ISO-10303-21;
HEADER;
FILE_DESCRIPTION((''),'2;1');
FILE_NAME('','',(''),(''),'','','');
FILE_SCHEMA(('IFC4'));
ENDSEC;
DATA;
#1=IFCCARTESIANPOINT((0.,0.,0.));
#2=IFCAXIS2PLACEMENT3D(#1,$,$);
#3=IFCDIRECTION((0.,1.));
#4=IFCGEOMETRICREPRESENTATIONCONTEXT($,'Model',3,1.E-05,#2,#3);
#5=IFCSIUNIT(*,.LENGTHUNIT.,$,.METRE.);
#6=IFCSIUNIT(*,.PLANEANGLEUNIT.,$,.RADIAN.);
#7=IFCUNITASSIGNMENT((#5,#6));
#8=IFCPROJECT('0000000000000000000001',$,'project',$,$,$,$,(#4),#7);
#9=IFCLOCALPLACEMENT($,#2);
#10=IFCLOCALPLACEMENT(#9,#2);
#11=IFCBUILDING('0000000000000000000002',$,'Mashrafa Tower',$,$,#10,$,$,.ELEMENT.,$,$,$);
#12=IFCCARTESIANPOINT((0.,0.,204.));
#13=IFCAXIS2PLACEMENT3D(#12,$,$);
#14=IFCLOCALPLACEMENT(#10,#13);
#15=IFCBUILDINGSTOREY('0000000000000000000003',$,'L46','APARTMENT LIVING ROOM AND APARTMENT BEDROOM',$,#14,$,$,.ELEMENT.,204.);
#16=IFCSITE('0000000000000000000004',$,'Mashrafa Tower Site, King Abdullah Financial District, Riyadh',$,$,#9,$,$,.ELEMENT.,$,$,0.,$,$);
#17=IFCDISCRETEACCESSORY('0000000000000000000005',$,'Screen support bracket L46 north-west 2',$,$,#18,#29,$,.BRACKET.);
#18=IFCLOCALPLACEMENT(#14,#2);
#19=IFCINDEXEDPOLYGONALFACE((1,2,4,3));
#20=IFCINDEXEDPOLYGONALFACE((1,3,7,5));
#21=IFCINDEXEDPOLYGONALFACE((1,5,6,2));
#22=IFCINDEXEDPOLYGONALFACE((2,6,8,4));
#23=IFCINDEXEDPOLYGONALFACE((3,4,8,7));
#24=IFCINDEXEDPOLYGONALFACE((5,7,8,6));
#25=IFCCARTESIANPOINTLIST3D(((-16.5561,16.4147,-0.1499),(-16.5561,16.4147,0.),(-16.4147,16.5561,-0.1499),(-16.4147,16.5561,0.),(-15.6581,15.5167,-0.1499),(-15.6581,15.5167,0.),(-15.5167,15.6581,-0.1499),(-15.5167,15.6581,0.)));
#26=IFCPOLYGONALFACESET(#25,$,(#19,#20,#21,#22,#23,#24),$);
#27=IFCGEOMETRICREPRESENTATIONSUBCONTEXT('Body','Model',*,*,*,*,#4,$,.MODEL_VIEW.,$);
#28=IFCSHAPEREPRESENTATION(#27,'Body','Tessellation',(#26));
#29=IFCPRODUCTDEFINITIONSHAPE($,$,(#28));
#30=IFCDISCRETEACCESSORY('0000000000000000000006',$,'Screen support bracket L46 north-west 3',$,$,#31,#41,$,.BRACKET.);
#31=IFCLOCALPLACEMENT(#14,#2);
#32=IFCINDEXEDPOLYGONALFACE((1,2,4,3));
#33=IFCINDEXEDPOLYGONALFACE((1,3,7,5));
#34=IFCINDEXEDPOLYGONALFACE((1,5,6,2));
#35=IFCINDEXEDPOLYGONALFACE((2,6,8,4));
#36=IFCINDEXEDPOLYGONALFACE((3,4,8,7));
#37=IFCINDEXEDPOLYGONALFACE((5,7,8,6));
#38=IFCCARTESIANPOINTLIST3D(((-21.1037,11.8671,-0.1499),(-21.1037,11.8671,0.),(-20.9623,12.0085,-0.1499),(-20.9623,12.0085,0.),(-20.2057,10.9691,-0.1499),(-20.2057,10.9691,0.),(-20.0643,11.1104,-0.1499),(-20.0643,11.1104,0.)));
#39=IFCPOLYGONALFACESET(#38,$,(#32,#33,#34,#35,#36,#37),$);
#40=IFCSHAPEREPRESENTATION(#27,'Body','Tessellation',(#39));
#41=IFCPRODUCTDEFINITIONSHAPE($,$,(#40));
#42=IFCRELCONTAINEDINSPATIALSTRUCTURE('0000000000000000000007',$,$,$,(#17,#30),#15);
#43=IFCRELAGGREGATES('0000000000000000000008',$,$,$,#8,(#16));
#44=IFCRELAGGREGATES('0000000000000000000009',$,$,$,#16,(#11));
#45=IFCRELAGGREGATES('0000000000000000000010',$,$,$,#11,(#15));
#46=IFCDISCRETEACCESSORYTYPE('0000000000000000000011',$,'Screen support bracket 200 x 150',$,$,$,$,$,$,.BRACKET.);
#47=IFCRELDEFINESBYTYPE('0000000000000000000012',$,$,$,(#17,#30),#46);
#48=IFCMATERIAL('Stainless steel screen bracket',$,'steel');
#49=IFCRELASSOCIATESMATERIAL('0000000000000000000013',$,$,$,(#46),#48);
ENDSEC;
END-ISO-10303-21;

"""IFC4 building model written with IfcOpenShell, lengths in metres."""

from ifc_helpers import new_model, si_unit, direction, frame, origin, origin_2d, place, context, subcontext, project, spatial, rectangle, extrude, source, transform, mapped, material, type_object, type_shapes, element, save


model = new_model("IFC4")

# Units and contexts
model_context = context("Model", 3, precision=1e-05, world=origin(), true_north=direction((0.0, 1.0)))
body_context = subcontext(model_context, "Body", "Model", "MODEL_VIEW")
ifc_project = project(units=[si_unit("LENGTHUNIT", "METRE"), si_unit("PLANEANGLEUNIT", "RADIAN")], contexts=[model_context])

# Site, building, storey
site_placement = place(None, origin())
site = spatial("IfcSite", under=ifc_project, at=site_placement, Name="Mashrafa Tower Site, King Abdullah Financial District, Riyadh", CompositionType="ELEMENT", RefElevation=0.0)
building_placement = place(site_placement, origin())
building = spatial("IfcBuilding", under=site, at=building_placement, Name="Mashrafa Tower", CompositionType="ELEMENT")
storey_placement = place(building_placement, frame((0.0, 0.0, 204.0)))
storey = spatial("IfcBuildingStorey", under=building, at=storey_placement, Name="L46", Description="APARTMENT LIVING ROOM AND APARTMENT BEDROOM", CompositionType="ELEMENT", Elevation=204.0)

# Discrete accessories
ifc_material_1 = material(Name="Stainless steel screen bracket", Category="steel")
discrete_accessory_type = type_object("IfcDiscreteAccessoryType", Name="Screen support bracket 200 x 150", PredefinedType="BRACKET", material=ifc_material_1)
shared_shape_1 = source(origin(), body_context, "Body", "SweptSolid", [
    extrude(rectangle(XDim=0.2, YDim=1.27, at=origin_2d()), origin(), (0.0, 0.0, 1.0), 0.1499),
])
type_shapes(discrete_accessory_type, [shared_shape_1])
for number, where, z_axis, x_axis, name in (
    (1, (-16.0364, 16.0364, -0.1499), (0.0, 0.0, 1.0), (-0.707107, -0.707107, 0.0), "Screen support bracket L46 north-west 2"),
    (2, (-20.584, 11.4888, -0.1499), (0.0, 0.0, 1.0), (-0.707107, -0.707107, 0.0), "Screen support bracket L46 north-west 3"),
):
    element("IfcDiscreteAccessory", number, at=place(storey_placement, frame(where, z_axis=z_axis, x_axis=x_axis)), inside=storey, type_object=discrete_accessory_type, Name=name, PredefinedType="BRACKET", context=body_context, shape_type="MappedRepresentation", body=[
        mapped(shared_shape_1, transform((0.0, 0.0, 0.0))),
    ])

save(model, "model.ifc")
